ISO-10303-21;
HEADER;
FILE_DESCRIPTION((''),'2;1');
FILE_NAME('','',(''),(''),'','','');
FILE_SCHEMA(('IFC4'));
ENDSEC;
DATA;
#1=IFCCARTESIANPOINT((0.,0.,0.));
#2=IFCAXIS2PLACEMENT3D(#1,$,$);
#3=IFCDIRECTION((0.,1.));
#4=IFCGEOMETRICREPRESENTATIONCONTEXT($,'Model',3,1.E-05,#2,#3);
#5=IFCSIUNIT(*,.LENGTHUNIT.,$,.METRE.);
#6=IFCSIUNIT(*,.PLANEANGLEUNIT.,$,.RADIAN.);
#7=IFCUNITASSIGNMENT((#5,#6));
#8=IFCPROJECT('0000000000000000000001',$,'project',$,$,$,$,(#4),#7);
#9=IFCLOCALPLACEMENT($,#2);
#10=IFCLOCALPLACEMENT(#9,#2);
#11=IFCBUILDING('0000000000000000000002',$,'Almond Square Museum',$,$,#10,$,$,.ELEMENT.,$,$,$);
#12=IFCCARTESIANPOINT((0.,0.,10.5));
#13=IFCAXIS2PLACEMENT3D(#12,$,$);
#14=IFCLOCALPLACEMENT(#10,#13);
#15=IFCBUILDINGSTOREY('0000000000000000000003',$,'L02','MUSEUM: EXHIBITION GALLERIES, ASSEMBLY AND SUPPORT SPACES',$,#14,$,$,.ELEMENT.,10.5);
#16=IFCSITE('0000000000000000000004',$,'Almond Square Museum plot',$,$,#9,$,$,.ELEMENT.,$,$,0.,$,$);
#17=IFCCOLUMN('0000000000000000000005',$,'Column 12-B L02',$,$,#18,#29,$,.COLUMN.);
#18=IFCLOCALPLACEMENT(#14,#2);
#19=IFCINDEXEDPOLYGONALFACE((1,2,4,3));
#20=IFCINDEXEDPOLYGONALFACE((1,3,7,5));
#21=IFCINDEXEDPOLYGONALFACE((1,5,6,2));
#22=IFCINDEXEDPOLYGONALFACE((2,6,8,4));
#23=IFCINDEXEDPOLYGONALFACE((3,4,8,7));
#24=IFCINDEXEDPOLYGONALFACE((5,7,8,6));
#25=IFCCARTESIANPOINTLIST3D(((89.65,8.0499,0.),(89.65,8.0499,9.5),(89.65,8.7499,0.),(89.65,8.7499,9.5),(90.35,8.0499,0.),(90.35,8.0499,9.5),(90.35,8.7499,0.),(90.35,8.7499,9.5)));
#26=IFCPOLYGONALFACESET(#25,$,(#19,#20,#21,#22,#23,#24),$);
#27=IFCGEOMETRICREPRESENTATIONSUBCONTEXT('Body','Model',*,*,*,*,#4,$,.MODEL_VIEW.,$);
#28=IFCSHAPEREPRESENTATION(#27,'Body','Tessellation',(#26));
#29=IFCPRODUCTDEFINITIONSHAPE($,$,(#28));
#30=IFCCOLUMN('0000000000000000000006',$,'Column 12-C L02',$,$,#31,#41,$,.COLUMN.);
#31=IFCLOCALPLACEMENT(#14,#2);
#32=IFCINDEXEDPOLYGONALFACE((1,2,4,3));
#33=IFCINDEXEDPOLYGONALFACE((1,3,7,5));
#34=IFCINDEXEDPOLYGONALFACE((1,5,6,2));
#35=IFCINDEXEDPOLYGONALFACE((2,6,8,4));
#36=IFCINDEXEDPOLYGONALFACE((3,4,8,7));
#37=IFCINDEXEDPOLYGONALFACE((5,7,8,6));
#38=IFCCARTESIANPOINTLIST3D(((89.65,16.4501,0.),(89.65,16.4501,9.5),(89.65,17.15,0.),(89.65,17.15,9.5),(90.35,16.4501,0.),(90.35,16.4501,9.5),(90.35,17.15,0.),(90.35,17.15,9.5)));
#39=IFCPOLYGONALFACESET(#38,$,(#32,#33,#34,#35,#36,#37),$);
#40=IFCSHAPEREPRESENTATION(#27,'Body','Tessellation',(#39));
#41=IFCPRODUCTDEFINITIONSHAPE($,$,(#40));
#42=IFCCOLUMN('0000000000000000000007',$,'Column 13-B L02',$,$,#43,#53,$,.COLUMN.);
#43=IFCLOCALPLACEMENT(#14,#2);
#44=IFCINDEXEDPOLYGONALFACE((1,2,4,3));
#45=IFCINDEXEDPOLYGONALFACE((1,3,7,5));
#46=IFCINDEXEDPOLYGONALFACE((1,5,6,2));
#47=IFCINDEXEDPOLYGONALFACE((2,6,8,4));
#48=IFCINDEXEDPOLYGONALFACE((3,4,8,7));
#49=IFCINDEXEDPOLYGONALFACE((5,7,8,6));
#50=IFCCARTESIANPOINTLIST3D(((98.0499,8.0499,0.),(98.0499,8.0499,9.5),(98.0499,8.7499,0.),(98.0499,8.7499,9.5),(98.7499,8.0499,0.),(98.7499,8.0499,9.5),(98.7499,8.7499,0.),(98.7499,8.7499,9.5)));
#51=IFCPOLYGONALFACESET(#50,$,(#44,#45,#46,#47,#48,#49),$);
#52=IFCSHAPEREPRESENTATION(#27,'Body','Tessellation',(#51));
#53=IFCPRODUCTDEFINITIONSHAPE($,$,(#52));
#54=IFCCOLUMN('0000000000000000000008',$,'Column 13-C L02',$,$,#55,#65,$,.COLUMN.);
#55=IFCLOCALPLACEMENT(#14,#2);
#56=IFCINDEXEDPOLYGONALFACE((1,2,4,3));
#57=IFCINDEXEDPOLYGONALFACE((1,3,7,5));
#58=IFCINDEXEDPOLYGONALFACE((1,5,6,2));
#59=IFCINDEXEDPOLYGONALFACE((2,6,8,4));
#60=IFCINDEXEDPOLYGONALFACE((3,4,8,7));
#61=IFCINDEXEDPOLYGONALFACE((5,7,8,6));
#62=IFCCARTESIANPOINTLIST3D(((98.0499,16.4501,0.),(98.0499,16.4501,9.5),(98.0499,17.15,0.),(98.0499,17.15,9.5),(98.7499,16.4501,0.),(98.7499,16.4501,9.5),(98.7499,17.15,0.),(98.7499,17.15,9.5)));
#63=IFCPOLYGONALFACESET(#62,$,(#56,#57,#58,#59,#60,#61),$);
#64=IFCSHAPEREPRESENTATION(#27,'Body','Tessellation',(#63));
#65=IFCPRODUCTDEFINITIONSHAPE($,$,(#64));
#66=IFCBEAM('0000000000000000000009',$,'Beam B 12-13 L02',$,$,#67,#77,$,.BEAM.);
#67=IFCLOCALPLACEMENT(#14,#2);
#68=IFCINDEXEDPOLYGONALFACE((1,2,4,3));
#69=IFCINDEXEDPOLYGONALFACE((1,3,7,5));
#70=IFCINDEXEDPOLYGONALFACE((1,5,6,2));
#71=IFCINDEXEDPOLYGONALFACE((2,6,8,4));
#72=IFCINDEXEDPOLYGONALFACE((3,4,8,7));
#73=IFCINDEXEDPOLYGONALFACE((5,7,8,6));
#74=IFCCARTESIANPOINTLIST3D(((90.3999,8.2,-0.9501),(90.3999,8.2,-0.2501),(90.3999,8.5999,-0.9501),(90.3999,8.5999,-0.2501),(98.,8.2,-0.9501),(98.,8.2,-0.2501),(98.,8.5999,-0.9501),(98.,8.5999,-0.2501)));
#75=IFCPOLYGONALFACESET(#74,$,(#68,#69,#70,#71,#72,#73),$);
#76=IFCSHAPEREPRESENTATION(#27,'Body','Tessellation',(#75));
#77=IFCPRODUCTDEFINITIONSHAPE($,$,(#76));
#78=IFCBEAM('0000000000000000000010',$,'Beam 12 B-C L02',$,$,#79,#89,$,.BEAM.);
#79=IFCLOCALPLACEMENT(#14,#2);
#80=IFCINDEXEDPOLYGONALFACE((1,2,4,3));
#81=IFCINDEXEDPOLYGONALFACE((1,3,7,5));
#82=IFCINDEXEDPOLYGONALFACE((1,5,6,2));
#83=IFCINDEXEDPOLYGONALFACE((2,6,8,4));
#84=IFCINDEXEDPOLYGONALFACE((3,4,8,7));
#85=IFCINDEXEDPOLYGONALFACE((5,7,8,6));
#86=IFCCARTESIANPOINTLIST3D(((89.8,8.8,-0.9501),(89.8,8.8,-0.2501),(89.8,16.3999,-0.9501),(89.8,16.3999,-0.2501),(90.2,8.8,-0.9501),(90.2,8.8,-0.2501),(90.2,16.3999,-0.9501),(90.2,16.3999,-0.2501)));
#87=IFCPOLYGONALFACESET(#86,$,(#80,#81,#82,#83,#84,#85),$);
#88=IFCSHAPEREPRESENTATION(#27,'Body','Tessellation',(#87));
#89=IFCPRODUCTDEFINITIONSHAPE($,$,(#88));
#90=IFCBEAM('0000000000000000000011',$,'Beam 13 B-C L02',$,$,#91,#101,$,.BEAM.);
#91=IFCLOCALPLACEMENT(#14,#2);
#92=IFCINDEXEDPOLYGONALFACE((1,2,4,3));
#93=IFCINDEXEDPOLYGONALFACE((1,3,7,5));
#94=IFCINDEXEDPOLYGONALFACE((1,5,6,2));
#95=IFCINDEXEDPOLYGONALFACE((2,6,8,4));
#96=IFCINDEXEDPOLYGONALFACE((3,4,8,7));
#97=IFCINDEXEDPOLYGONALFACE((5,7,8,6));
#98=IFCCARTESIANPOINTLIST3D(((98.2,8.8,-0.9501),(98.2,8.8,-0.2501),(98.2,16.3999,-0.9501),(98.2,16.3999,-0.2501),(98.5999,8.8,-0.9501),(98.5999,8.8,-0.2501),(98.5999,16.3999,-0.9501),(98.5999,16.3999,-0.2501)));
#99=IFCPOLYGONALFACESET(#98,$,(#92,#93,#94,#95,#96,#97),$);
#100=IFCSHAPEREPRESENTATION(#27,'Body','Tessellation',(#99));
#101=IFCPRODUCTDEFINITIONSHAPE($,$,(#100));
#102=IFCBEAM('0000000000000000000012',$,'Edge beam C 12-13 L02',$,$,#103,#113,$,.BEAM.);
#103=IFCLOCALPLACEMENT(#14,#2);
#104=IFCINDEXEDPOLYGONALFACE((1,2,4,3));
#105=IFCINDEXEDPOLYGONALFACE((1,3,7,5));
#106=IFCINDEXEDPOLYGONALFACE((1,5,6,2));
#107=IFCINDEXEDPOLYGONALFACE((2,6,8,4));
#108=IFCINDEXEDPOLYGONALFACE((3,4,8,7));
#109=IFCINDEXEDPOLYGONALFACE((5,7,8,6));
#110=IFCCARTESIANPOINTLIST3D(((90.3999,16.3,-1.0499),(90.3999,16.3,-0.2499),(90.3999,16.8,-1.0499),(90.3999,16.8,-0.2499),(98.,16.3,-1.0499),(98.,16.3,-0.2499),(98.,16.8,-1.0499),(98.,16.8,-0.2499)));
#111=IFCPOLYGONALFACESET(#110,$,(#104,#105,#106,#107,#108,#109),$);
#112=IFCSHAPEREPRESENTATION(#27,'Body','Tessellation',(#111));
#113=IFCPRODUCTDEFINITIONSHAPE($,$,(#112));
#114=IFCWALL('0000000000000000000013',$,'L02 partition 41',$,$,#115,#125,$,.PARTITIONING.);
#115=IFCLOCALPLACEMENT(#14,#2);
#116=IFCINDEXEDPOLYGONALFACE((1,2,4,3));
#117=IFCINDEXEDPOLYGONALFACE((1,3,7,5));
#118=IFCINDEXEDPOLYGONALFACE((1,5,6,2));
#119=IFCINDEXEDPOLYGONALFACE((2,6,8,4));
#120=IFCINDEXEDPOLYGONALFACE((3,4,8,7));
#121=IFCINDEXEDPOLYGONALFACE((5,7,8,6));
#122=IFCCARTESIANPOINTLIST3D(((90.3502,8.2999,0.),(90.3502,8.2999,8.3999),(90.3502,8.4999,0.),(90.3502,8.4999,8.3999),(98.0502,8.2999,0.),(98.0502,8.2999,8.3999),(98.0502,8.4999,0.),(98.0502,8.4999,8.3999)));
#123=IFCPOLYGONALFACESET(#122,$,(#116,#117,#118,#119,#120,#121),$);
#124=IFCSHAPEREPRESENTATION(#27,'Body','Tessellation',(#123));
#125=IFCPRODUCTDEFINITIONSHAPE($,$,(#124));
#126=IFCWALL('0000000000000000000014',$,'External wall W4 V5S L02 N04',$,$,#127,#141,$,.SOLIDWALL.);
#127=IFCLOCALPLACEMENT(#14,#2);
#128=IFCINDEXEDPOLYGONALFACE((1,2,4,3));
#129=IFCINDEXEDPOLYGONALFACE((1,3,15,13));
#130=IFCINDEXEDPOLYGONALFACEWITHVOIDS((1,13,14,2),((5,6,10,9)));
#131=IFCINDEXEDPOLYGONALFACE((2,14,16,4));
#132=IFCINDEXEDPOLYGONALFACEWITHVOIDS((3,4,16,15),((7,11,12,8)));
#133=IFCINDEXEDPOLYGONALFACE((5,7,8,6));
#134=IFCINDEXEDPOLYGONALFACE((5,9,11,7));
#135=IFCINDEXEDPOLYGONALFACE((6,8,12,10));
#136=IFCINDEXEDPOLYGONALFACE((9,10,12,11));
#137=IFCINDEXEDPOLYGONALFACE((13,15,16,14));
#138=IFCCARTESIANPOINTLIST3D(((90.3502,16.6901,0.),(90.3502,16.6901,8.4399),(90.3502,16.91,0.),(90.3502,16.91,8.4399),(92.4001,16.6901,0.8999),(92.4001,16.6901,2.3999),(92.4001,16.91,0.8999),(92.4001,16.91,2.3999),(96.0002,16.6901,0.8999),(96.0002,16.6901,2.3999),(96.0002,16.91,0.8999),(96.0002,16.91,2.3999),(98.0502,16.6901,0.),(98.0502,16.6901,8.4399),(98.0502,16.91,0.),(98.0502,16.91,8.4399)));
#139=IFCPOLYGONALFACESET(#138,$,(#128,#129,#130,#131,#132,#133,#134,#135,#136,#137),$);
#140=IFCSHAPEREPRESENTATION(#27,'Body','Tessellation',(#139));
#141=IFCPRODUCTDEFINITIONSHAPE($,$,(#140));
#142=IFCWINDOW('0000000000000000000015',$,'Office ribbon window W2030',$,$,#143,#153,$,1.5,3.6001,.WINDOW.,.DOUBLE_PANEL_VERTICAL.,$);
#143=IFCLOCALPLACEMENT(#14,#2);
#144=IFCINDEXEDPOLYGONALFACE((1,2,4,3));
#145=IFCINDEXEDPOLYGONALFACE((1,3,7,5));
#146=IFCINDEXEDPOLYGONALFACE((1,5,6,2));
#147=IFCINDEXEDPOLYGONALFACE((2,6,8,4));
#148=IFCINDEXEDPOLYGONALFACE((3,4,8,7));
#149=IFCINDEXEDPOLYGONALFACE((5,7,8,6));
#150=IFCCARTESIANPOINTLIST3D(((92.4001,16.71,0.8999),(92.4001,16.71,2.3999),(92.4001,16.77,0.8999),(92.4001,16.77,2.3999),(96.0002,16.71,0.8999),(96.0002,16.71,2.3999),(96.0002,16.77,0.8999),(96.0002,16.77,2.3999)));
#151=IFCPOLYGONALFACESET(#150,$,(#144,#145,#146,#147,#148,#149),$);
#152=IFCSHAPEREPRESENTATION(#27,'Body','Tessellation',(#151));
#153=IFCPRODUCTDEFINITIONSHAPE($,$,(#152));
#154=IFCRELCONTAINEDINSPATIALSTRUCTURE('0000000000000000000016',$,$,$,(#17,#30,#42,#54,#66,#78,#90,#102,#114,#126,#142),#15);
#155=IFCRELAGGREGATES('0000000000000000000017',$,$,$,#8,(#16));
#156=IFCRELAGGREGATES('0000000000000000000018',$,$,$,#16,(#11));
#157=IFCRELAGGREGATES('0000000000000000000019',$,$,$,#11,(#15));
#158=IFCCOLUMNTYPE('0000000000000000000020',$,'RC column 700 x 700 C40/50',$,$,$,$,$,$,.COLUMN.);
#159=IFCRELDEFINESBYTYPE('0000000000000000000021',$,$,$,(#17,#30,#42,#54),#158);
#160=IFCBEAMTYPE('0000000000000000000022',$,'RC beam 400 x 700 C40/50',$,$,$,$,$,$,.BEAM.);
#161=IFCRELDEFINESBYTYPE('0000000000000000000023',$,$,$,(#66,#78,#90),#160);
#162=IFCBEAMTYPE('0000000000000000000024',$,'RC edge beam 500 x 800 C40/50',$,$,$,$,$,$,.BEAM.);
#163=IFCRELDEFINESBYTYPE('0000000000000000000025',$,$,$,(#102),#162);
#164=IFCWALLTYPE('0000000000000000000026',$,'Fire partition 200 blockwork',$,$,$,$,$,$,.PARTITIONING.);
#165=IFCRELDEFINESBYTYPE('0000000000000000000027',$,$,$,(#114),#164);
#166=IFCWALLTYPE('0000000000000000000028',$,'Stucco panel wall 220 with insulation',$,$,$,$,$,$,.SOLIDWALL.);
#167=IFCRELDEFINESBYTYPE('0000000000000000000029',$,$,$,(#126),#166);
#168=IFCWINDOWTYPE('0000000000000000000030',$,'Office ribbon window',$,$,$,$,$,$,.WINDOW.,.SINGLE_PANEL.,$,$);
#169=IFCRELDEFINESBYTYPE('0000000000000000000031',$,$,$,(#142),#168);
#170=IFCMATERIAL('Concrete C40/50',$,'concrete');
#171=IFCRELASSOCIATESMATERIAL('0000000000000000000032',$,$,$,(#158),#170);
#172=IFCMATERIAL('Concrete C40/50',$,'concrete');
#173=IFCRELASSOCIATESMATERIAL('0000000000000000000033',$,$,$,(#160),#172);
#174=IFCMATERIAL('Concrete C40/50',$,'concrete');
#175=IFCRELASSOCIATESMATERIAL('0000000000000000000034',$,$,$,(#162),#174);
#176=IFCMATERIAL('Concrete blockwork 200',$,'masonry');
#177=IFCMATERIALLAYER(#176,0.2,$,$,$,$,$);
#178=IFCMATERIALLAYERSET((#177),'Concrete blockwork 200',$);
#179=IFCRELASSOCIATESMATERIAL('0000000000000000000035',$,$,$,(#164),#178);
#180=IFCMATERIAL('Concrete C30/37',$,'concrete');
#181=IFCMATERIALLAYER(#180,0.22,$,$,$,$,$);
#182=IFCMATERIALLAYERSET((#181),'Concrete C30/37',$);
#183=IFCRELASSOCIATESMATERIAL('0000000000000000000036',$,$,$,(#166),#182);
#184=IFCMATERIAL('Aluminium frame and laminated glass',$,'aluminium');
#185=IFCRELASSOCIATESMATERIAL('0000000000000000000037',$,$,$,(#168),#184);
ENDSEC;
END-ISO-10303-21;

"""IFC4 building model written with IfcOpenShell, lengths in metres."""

from ifc_helpers import new_model, si_unit, direction, frame, frame_2d, origin, origin_2d, place, context, subcontext, project, spatial, rectangle, extrude, material, layer, layer_set, material_profile, profile_set, type_object, element, fill, save


model = new_model("IFC4")

# Units and contexts
model_context = context("Model", 3, precision=1e-05, world=origin(), true_north=direction((0.0, 1.0)))
body_context = subcontext(model_context, "Body", "Model", "MODEL_VIEW")
ifc_project = project(units=[si_unit("LENGTHUNIT", "METRE"), si_unit("PLANEANGLEUNIT", "RADIAN")], contexts=[model_context])

# Site, building, storey
site_placement = place(None, origin())
site = spatial("IfcSite", under=ifc_project, at=site_placement, Name="Almond Square Museum plot", CompositionType="ELEMENT", RefElevation=0.0)
building_placement = place(site_placement, origin())
building = spatial("IfcBuilding", under=site, at=building_placement, Name="Almond Square Museum", CompositionType="ELEMENT")
storey_placement = place(building_placement, frame((0.0, 0.0, 10.5)))
storey = spatial("IfcBuildingStorey", under=building, at=storey_placement, Name="L02", Description="MUSEUM: EXHIBITION GALLERIES, ASSEMBLY AND SUPPORT SPACES", CompositionType="ELEMENT", Elevation=10.5)

# Columns
ifc_material_1 = material(Name="Concrete C40/50", Category="concrete")
ifc_material_profile_1 = material_profile(ifc_material_1, rectangle(XDim=0.7, YDim=0.7, at=origin_2d()))
ifc_profile_set_1 = profile_set([ifc_material_profile_1], Name="Concrete C40/50")
column_type = type_object("IfcColumnType", Name="RC column 700 x 700 C40/50", PredefinedType="COLUMN", material=ifc_profile_set_1)
for number, where, z_axis, x_axis, name in (
    (1, (90.0, 8.3999, 0.0), (0.0, 0.0, 1.0), (1.0, 0.0, 0.0), "Column 12-B L02"),
    (2, (90.0, 16.8, 0.0), (0.0, 0.0, 1.0), (1.0, 0.0, 0.0), "Column 12-C L02"),
    (3, (98.3999, 8.3999, 0.0), (0.0, 0.0, 1.0), (1.0, 0.0, 0.0), "Column 13-B L02"),
    (4, (98.3999, 16.8, 0.0), (0.0, 0.0, 1.0), (1.0, 0.0, 0.0), "Column 13-C L02"),
):
    element("IfcColumn", number, at=place(storey_placement, frame(where, z_axis=z_axis, x_axis=x_axis)), inside=storey, type_object=column_type, Name=name, PredefinedType="COLUMN", context=body_context, shape_type="SweptSolid", body=[
        extrude(rectangle(XDim=0.7, YDim=0.7, at=origin_2d()), origin(), (0.0, 0.0, 1.0), 9.5),
    ])

# Beams
ifc_material_2 = material(Name="Concrete C40/50", Category="concrete")
ifc_material_profile_2 = material_profile(ifc_material_2, rectangle(XDim=0.3999, YDim=0.7, at=origin_2d()))
ifc_profile_set_2 = profile_set([ifc_material_profile_2], Name="Concrete C40/50")
beam_type_1 = type_object("IfcBeamType", Name="RC beam 400 x 700 C40/50", PredefinedType="BEAM", material=ifc_profile_set_2)
beam_1_placement = place(storey_placement, frame((90.3999, 8.3999, -0.6001), z_axis=(1.0, 0.0, 0.0), x_axis=(0.0, 1.0, 0.0)))
element("IfcBeam", 5, at=beam_1_placement, inside=storey, type_object=beam_type_1, Name="Beam B 12-13 L02", PredefinedType="BEAM", context=body_context, shape_type="SweptSolid", body=[
    extrude(rectangle(XDim=0.3999, YDim=0.7, at=origin_2d()), origin(), (0.0, 0.0, 1.0), 7.6001),
])
for number, where, z_axis, x_axis, name in (
    (6, (90.0, 8.8, -0.6001), (0.0, 1.0, 0.0), (-1.0, 0.0, 0.0), "Beam 12 B-C L02"),
    (7, (98.3999, 8.8, -0.6001), (0.0, 1.0, 0.0), (-1.0, 0.0, 0.0), "Beam 13 B-C L02"),
):
    element("IfcBeam", number, at=place(storey_placement, frame(where, z_axis=z_axis, x_axis=x_axis)), inside=storey, type_object=beam_type_1, Name=name, PredefinedType="BEAM", context=body_context, shape_type="SweptSolid", body=[
        extrude(rectangle(XDim=0.3999, YDim=0.7, at=origin_2d()), origin(), (0.0, 0.0, 1.0), 7.5999),
    ])
ifc_material_3 = material(Name="Concrete C40/50", Category="concrete")
ifc_material_profile_3 = material_profile(ifc_material_3, rectangle(XDim=0.5, YDim=0.8, at=origin_2d()))
ifc_profile_set_3 = profile_set([ifc_material_profile_3], Name="Concrete C40/50")
beam_type_2 = type_object("IfcBeamType", Name="RC edge beam 500 x 800 C40/50", PredefinedType="BEAM", material=ifc_profile_set_3)
beam_2_placement = place(storey_placement, frame((90.3999, 16.55, -0.6499), z_axis=(1.0, 0.0, 0.0), x_axis=(0.0, 1.0, 0.0)))
element("IfcBeam", 8, at=beam_2_placement, inside=storey, type_object=beam_type_2, Name="Edge beam C 12-13 L02", PredefinedType="BEAM", context=body_context, shape_type="SweptSolid", body=[
    extrude(rectangle(XDim=0.5, YDim=0.8, at=origin_2d()), origin(), (0.0, 0.0, 1.0), 7.6001),
])

# Wall
ifc_material_4 = material(Name="Concrete blockwork 200", Category="masonry")
ifc_layer_1 = layer(ifc_material_4, 0.2)
ifc_layer_set_1 = layer_set([ifc_layer_1], Name="Concrete blockwork 200")
wall_type_1 = type_object("IfcWallType", Name="Fire partition 200 blockwork", PredefinedType="PARTITIONING", material=ifc_layer_set_1)
wall_1_placement = place(storey_placement, frame((90.3501, 8.3999, 0.0), z_axis=(0.0, 0.0, 1.0), x_axis=(1.0, 0.0, 0.0)))
element("IfcWall", 9, at=wall_1_placement, inside=storey, type_object=wall_type_1, Name="L02 partition 41", PredefinedType="PARTITIONING", context=body_context, shape_type="SweptSolid", body=[
    extrude(rectangle(XDim=7.7, YDim=0.2, at=frame_2d((3.8501, 0.0))), origin(), (0.0, 0.0, 1.0), 8.3999),
])

# Wall, opening, window
ifc_material_5 = material(Name="Concrete C30/37", Category="concrete")
ifc_layer_2 = layer(ifc_material_5, 0.22)
ifc_layer_set_2 = layer_set([ifc_layer_2], Name="Concrete C30/37")
wall_type_2 = type_object("IfcWallType", Name="Stucco panel wall 220 with insulation", PredefinedType="SOLIDWALL", material=ifc_layer_set_2)
wall_2_placement = place(storey_placement, frame((90.3501, 16.8, 0.0), z_axis=(0.0, 0.0, 1.0), x_axis=(1.0, 0.0, 0.0)))
wall_2 = element("IfcWall", 10, at=wall_2_placement, inside=storey, type_object=wall_type_2, Name="External wall W4 V5S L02 N04", PredefinedType="SOLIDWALL", context=body_context, shape_type="SweptSolid", body=[
    extrude(rectangle(XDim=7.7, YDim=0.22, at=frame_2d((3.8501, 0.0))), origin(), (0.0, 0.0, 1.0), 8.4399),
])
opening_placement = place(wall_2_placement, frame((2.05, 0.0, 0.8999)))
opening = element("IfcOpeningElement", 11, at=opening_placement, cuts=wall_2, PredefinedType="OPENING", context=body_context, shape_type="SweptSolid", body=[
    extrude(rectangle(XDim=3.6001, YDim=1.5, at=frame_2d((1.8, 0.75))), frame((0.0, 0.1199, 0.0), z_axis=(0.0, -1.0, 0.0), x_axis=(1.0, 0.0, 0.0)), (0.0, 0.0, 1.0), 0.24),
])
ifc_material_6 = material(Name="Aluminium frame and laminated glass", Category="aluminium")
window_type = type_object("IfcWindowType", Name="Office ribbon window", PartitioningType="SINGLE_PANEL", PredefinedType="WINDOW", material=ifc_material_6)
window_placement = place(opening_placement, origin())
window = element("IfcWindow", 12, at=window_placement, inside=storey, type_object=window_type, Name="Office ribbon window W2030", OverallHeight=1.5, OverallWidth=3.6001, PartitioningType="DOUBLE_PANEL_VERTICAL", PredefinedType="WINDOW", context=body_context, shape_type="SweptSolid", body=[
    extrude(rectangle(XDim=3.6001, YDim=1.5, at=frame_2d((1.8, 0.75))), frame((0.0, -0.03, 0.0), z_axis=(0.0, -1.0, 0.0), x_axis=(1.0, 0.0, 0.0)), (0.0, 0.0, 1.0), 0.0601),
])
fill(opening, window)

save(model, "model.ifc")
